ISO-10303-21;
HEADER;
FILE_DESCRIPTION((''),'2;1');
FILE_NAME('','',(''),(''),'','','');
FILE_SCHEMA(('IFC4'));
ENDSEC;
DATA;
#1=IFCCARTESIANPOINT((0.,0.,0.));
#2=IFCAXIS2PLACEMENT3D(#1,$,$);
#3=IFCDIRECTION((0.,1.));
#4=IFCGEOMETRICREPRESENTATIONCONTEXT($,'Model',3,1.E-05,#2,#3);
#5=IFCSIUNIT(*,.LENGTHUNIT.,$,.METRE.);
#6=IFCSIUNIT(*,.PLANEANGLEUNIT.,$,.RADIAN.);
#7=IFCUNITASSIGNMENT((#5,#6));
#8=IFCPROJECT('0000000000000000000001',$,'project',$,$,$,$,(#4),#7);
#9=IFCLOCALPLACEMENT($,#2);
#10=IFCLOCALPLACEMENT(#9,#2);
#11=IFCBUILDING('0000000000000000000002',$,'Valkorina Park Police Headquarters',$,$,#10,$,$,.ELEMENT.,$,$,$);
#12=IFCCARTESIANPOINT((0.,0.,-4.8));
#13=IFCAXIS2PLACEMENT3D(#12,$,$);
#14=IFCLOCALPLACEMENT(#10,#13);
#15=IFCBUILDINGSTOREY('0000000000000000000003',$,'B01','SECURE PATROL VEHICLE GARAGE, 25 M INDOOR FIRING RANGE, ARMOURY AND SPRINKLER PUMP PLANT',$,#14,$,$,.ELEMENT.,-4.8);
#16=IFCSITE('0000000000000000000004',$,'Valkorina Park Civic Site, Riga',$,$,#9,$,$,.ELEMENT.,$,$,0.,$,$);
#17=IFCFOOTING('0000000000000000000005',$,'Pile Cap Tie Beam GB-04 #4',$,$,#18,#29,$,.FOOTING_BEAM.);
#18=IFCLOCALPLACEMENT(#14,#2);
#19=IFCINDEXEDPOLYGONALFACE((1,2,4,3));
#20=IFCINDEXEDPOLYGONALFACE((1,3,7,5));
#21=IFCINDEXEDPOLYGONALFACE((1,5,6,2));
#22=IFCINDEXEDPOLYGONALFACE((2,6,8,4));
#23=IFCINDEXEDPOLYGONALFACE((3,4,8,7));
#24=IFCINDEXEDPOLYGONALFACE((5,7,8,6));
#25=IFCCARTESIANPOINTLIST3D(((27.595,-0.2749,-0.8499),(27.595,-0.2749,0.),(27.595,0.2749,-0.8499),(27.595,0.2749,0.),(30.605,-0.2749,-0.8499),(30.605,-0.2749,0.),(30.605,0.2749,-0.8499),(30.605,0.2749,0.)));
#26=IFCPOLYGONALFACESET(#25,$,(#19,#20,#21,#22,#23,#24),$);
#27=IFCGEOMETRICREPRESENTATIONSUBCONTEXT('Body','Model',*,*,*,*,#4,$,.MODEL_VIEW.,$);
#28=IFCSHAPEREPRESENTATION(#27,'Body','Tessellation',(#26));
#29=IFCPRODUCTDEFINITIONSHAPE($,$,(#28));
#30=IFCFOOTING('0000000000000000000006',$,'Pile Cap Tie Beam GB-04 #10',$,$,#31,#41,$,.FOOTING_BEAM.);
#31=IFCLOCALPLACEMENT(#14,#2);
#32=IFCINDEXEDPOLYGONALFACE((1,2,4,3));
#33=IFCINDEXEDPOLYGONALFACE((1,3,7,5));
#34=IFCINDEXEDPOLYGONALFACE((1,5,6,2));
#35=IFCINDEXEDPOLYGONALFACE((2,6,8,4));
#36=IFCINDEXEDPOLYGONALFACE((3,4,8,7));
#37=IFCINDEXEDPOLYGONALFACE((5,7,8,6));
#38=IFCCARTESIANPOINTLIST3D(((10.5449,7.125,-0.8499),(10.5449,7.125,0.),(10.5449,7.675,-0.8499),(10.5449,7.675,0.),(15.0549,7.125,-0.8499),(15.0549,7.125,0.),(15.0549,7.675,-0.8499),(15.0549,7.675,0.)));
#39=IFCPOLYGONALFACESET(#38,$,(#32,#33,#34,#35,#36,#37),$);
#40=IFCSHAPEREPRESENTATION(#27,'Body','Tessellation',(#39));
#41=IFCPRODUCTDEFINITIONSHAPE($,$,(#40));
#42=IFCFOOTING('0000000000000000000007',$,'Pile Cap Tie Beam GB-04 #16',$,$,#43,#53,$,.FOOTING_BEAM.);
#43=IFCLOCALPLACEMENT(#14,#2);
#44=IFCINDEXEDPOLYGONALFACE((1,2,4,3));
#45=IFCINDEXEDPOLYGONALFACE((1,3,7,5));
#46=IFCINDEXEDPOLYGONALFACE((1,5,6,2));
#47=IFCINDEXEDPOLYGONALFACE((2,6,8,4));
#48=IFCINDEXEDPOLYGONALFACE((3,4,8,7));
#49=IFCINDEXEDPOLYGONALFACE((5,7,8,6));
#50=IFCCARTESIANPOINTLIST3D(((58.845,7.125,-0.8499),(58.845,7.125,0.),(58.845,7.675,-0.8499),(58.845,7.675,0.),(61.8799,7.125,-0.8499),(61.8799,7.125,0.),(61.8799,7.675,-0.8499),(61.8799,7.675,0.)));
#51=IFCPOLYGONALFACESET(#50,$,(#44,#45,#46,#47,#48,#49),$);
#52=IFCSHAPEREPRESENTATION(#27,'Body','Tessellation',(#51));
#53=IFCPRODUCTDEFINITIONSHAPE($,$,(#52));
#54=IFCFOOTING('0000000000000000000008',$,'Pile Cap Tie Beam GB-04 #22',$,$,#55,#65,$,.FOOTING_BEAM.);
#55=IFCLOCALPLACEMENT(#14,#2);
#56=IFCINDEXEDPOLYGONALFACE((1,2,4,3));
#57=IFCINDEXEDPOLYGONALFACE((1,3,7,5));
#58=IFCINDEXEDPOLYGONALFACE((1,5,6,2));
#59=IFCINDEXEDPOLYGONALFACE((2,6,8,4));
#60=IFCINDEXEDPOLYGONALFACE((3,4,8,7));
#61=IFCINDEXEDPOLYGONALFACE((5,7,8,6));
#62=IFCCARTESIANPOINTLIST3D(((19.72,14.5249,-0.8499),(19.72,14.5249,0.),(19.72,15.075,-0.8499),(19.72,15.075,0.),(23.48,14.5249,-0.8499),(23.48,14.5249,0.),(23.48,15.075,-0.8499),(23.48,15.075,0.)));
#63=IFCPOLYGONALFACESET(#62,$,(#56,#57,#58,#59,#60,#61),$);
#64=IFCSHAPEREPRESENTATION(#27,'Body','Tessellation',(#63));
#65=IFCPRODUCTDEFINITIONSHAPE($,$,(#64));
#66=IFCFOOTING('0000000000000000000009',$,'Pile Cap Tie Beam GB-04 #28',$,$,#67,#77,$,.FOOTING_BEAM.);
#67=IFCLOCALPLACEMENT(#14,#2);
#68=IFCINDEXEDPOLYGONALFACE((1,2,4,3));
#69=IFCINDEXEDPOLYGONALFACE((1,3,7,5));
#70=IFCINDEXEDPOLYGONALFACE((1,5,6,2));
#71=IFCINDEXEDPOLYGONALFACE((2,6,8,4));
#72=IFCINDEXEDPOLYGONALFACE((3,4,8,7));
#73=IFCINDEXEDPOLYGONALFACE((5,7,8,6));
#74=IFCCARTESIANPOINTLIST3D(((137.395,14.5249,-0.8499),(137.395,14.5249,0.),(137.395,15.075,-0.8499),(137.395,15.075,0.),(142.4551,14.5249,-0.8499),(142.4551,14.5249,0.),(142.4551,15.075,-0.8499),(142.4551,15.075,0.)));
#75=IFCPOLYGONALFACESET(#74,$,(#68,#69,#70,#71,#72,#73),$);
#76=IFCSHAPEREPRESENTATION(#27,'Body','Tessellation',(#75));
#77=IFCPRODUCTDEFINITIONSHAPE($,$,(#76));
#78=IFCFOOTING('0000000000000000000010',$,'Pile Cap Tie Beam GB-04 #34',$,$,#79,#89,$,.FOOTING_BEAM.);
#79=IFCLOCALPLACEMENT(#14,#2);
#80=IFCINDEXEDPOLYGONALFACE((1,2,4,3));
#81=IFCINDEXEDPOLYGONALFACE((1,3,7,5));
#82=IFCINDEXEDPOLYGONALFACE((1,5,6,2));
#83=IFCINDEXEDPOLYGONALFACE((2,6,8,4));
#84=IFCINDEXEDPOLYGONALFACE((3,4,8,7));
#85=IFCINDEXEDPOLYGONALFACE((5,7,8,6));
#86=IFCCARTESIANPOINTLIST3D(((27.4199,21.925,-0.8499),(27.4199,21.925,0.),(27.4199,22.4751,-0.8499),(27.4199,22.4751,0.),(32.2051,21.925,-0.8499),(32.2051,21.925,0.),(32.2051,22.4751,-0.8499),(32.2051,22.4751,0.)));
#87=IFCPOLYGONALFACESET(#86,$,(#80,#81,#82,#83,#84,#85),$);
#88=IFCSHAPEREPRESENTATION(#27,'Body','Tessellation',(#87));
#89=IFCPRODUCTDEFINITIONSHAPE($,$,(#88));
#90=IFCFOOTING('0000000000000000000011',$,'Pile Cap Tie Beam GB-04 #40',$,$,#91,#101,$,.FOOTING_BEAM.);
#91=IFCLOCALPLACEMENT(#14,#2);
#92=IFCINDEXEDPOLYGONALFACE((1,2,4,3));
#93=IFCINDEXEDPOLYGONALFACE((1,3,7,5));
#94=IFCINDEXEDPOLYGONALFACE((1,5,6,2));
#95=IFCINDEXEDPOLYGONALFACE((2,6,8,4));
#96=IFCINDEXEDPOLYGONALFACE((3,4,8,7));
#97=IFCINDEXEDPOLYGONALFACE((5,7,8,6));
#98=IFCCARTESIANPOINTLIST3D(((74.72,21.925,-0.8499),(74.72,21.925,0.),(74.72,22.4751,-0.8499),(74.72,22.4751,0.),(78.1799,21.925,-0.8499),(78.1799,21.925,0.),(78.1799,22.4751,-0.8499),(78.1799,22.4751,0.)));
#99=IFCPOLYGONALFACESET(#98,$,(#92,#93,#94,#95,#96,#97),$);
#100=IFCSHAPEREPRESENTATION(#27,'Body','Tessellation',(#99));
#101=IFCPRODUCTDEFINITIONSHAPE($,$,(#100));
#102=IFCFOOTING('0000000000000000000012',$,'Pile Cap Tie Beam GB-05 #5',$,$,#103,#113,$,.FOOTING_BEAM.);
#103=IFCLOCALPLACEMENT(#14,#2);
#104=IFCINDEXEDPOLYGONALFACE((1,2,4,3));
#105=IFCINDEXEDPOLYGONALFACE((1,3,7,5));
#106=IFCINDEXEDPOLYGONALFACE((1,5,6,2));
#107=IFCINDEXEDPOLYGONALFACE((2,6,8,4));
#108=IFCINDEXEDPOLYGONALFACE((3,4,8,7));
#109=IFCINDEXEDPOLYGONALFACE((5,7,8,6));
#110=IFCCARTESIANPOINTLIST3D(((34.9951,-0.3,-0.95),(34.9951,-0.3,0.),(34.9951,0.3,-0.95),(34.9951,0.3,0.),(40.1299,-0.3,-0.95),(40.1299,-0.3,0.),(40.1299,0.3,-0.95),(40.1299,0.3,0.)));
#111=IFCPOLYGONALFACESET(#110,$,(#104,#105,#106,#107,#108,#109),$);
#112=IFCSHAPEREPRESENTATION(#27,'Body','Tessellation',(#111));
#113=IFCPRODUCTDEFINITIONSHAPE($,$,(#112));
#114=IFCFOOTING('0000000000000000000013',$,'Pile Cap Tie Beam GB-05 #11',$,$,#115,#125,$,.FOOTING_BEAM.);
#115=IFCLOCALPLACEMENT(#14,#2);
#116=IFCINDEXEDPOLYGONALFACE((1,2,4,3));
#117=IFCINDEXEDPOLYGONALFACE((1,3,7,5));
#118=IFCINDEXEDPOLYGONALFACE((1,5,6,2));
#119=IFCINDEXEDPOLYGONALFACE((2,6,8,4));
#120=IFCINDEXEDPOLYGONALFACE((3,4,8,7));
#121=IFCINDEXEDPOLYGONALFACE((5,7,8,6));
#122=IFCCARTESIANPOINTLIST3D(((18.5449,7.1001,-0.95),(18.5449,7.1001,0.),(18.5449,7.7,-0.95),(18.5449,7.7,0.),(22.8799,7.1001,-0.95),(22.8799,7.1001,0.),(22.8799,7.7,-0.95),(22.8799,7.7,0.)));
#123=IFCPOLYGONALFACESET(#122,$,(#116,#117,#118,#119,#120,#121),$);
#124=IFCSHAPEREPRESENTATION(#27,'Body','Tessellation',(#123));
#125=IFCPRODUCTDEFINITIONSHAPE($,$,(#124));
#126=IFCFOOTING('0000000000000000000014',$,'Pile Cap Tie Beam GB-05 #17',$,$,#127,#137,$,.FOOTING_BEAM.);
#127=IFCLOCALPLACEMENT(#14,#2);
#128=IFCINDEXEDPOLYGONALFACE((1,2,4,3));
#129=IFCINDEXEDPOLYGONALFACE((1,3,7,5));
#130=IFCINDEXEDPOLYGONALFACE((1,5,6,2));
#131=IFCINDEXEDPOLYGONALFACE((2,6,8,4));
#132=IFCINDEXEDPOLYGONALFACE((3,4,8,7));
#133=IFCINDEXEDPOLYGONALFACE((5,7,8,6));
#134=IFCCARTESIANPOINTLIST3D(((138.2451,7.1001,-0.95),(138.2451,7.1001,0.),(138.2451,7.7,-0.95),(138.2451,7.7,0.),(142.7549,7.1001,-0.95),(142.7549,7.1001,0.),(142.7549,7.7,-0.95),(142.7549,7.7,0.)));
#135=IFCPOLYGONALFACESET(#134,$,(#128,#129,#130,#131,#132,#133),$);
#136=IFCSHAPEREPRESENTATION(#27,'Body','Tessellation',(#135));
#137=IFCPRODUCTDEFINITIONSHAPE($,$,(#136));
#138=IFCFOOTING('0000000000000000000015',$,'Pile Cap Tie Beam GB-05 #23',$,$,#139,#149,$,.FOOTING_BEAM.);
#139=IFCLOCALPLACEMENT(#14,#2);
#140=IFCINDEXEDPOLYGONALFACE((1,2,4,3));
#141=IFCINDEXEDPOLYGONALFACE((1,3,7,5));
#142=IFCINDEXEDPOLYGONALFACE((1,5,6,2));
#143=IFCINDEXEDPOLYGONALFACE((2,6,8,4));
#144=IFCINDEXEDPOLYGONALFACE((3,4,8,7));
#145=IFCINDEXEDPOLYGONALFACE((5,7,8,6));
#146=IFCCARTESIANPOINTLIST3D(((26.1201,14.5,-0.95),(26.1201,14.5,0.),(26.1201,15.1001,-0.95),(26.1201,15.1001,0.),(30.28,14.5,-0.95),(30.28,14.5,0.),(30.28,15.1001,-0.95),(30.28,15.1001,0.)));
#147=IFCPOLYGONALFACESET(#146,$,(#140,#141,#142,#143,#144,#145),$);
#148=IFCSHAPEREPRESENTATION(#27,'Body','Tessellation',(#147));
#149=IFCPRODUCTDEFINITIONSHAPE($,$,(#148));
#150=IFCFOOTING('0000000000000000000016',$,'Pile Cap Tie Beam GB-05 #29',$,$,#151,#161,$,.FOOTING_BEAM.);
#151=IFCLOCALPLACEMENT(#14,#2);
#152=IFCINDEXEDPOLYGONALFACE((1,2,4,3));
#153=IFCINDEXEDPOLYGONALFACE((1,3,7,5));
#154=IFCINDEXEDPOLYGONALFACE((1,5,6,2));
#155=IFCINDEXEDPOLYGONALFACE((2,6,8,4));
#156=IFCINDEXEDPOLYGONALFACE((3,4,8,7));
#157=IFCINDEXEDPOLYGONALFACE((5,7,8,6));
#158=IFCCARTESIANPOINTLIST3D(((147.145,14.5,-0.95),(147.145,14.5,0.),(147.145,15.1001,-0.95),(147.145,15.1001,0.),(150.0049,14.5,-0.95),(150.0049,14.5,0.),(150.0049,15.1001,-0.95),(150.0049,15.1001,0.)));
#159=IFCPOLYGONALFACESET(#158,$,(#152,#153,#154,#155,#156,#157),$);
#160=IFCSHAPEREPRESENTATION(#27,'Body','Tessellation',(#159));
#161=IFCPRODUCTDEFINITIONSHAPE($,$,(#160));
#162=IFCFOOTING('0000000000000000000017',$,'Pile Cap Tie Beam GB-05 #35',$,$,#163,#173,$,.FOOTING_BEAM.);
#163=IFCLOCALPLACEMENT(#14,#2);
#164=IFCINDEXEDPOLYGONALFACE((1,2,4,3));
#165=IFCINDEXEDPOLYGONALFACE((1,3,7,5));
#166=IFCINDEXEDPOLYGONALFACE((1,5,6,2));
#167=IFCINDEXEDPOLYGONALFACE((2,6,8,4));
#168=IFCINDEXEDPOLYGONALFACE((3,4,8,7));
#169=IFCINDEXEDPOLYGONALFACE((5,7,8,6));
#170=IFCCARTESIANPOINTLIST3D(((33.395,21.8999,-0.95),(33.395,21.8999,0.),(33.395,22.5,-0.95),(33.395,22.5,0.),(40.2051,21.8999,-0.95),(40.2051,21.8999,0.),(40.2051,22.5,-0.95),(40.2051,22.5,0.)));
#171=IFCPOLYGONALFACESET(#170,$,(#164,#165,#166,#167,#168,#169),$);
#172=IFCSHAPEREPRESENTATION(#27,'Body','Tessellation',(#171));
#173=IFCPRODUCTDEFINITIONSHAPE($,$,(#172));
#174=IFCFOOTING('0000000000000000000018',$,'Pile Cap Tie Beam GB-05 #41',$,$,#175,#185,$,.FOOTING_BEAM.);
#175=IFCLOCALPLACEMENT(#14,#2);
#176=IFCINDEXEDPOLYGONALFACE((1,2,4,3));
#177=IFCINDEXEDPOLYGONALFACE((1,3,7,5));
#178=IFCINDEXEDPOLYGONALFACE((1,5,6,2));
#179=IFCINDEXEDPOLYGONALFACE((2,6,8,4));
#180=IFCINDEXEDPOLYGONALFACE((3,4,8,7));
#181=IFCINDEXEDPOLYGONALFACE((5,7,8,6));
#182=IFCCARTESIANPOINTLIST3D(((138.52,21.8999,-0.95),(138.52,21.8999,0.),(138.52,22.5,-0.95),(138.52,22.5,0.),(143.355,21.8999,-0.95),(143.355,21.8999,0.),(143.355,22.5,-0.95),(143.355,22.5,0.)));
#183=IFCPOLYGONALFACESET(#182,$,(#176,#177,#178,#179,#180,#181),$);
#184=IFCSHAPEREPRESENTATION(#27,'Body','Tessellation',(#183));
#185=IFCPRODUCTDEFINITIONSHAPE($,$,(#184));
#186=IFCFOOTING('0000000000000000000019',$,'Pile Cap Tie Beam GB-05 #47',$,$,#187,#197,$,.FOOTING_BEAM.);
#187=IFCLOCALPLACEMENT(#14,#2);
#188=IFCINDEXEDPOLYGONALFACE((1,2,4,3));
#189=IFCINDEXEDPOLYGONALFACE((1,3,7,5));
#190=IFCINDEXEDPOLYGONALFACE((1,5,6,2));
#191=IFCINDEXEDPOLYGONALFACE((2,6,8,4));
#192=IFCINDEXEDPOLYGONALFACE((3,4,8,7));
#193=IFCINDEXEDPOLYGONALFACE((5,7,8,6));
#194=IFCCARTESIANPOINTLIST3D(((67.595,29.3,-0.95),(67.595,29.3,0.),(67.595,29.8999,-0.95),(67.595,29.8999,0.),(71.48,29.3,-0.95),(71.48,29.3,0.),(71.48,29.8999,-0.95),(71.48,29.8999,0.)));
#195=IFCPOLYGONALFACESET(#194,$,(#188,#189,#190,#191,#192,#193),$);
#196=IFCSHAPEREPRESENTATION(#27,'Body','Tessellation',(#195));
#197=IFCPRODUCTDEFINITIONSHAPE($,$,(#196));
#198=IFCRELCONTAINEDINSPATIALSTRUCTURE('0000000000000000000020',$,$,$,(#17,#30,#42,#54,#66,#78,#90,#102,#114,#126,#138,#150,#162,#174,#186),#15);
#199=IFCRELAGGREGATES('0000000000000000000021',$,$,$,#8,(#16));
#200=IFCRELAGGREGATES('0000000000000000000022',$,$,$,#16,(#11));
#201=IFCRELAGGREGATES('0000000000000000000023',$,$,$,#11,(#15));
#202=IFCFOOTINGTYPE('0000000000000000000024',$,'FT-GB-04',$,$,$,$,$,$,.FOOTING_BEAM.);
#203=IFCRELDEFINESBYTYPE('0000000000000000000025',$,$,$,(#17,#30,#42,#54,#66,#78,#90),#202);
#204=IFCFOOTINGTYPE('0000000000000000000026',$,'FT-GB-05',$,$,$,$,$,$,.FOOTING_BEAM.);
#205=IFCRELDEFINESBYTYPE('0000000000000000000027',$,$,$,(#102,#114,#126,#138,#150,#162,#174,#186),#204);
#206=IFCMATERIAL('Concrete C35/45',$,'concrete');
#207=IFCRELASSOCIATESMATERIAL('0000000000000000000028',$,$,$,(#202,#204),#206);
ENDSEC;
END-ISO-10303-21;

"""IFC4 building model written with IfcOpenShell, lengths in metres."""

from ifc_helpers import new_model, si_unit, direction, frame, origin, origin_2d, place, context, subcontext, project, spatial, polyline, rectangle, outline, extrude, material, material_profile, profile_set, type_object, element, save


model = new_model("IFC4")

# Units and contexts
model_context = context("Model", 3, precision=1e-05, world=origin(), true_north=direction((0.0, 1.0)))
body_context = subcontext(model_context, "Body", "Model", "MODEL_VIEW")
ifc_project = project(units=[si_unit("LENGTHUNIT", "METRE"), si_unit("PLANEANGLEUNIT", "RADIAN")], contexts=[model_context])

# Site, building, storey
site_placement = place(None, origin())
site = spatial("IfcSite", under=ifc_project, at=site_placement, Name="Valkorina Park Civic Site, Riga", CompositionType="ELEMENT", RefElevation=0.0)
building_placement = place(site_placement, origin())
building = spatial("IfcBuilding", under=site, at=building_placement, Name="Valkorina Park Police Headquarters", CompositionType="ELEMENT")
storey_placement = place(building_placement, frame((0.0, 0.0, -4.8)))
storey = spatial("IfcBuildingStorey", under=building, at=storey_placement, Name="B01", Description="SECURE PATROL VEHICLE GARAGE, 25 M INDOOR FIRING RANGE, ARMOURY AND SPRINKLER PUMP PLANT", CompositionType="ELEMENT", Elevation=-4.8)

# Footings
ifc_material_1 = material(Name="Concrete C35/45", Category="concrete")
ifc_material_profile_1 = material_profile(ifc_material_1, rectangle(XDim=0.55, YDim=0.8501, at=origin_2d()), Name="GB 550x850")
ifc_profile_set_1 = profile_set([ifc_material_profile_1], Name="Concrete C35/45")
footing_type_1 = type_object("IfcFootingType", Name="FT-GB-04", PredefinedType="FOOTING_BEAM", material=ifc_profile_set_1)
footing_1_placement = place(storey_placement, frame((0.0, 0.0, -0.8499)))
element("IfcFooting", 1, at=footing_1_placement, inside=storey, type_object=footing_type_1, Name="Pile Cap Tie Beam GB-04 #4", PredefinedType="FOOTING_BEAM", context=body_context, shape_type="SweptSolid", body=[
    extrude(outline(polyline([(30.605, -0.2749), (30.605, 0.2749), (27.595, 0.2749), (27.595, -0.2749), (30.605, -0.2749)])), origin(), (0.0, 0.0, 1.0), 0.8499),
])
footing_2_placement = place(storey_placement, frame((0.0, 0.0, -0.8499)))
element("IfcFooting", 2, at=footing_2_placement, inside=storey, type_object=footing_type_1, Name="Pile Cap Tie Beam GB-04 #10", PredefinedType="FOOTING_BEAM", context=body_context, shape_type="SweptSolid", body=[
    extrude(outline(polyline([(15.0549, 7.125), (15.0549, 7.675), (10.5449, 7.675), (10.5449, 7.125), (15.0549, 7.125)])), origin(), (0.0, 0.0, 1.0), 0.8499),
])
footing_3_placement = place(storey_placement, frame((0.0, 0.0, -0.8499)))
element("IfcFooting", 3, at=footing_3_placement, inside=storey, type_object=footing_type_1, Name="Pile Cap Tie Beam GB-04 #16", PredefinedType="FOOTING_BEAM", context=body_context, shape_type="SweptSolid", body=[
    extrude(outline(polyline([(61.8799, 7.125), (61.8799, 7.675), (58.845, 7.675), (58.845, 7.125), (61.8799, 7.125)])), origin(), (0.0, 0.0, 1.0), 0.8499),
])
footing_4_placement = place(storey_placement, frame((0.0, 0.0, -0.8499)))
element("IfcFooting", 4, at=footing_4_placement, inside=storey, type_object=footing_type_1, Name="Pile Cap Tie Beam GB-04 #22", PredefinedType="FOOTING_BEAM", context=body_context, shape_type="SweptSolid", body=[
    extrude(outline(polyline([(23.48, 14.5249), (23.48, 15.075), (19.72, 15.075), (19.72, 14.5249), (23.48, 14.5249)])), origin(), (0.0, 0.0, 1.0), 0.8499),
])
footing_5_placement = place(storey_placement, frame((0.0, 0.0, -0.8499)))
element("IfcFooting", 5, at=footing_5_placement, inside=storey, type_object=footing_type_1, Name="Pile Cap Tie Beam GB-04 #28", PredefinedType="FOOTING_BEAM", context=body_context, shape_type="SweptSolid", body=[
    extrude(outline(polyline([(142.4551, 14.5249), (142.4551, 15.075), (137.395, 15.075), (137.395, 14.5249), (142.4551, 14.5249)])), origin(), (0.0, 0.0, 1.0), 0.8499),
])
footing_6_placement = place(storey_placement, frame((0.0, 0.0, -0.8499)))
element("IfcFooting", 6, at=footing_6_placement, inside=storey, type_object=footing_type_1, Name="Pile Cap Tie Beam GB-04 #34", PredefinedType="FOOTING_BEAM", context=body_context, shape_type="SweptSolid", body=[
    extrude(outline(polyline([(32.2051, 21.925), (32.2051, 22.4751), (27.4199, 22.4751), (27.4199, 21.925), (32.2051, 21.925)])), origin(), (0.0, 0.0, 1.0), 0.8499),
])
footing_7_placement = place(storey_placement, frame((0.0, 0.0, -0.8499)))
element("IfcFooting", 7, at=footing_7_placement, inside=storey, type_object=footing_type_1, Name="Pile Cap Tie Beam GB-04 #40", PredefinedType="FOOTING_BEAM", context=body_context, shape_type="SweptSolid", body=[
    extrude(outline(polyline([(78.1799, 21.925), (78.1799, 22.4751), (74.72, 22.4751), (74.72, 21.925), (78.1799, 21.925)])), origin(), (0.0, 0.0, 1.0), 0.8499),
])
ifc_material_profile_2 = material_profile(ifc_material_1, rectangle(XDim=0.6001, YDim=0.95, at=origin_2d()), Name="GB 600x950")
ifc_profile_set_2 = profile_set([ifc_material_profile_2], Name="Concrete C35/45")
footing_type_2 = type_object("IfcFootingType", Name="FT-GB-05", PredefinedType="FOOTING_BEAM", material=ifc_profile_set_2)
footing_8_placement = place(storey_placement, frame((0.0, 0.0, -0.95)))
element("IfcFooting", 8, at=footing_8_placement, inside=storey, type_object=footing_type_2, Name="Pile Cap Tie Beam GB-05 #5", PredefinedType="FOOTING_BEAM", context=body_context, shape_type="SweptSolid", body=[
    extrude(outline(polyline([(40.1299, -0.3), (40.1299, 0.3), (34.9951, 0.3), (34.9951, -0.3), (40.1299, -0.3)])), origin(), (0.0, 0.0, 1.0), 0.95),
])
footing_9_placement = place(storey_placement, frame((0.0, 0.0, -0.95)))
element("IfcFooting", 9, at=footing_9_placement, inside=storey, type_object=footing_type_2, Name="Pile Cap Tie Beam GB-05 #11", PredefinedType="FOOTING_BEAM", context=body_context, shape_type="SweptSolid", body=[
    extrude(outline(polyline([(22.8799, 7.1001), (22.8799, 7.7), (18.5449, 7.7), (18.5449, 7.1001), (22.8799, 7.1001)])), origin(), (0.0, 0.0, 1.0), 0.95),
])
footing_10_placement = place(storey_placement, frame((0.0, 0.0, -0.95)))
element("IfcFooting", 10, at=footing_10_placement, inside=storey, type_object=footing_type_2, Name="Pile Cap Tie Beam GB-05 #17", PredefinedType="FOOTING_BEAM", context=body_context, shape_type="SweptSolid", body=[
    extrude(outline(polyline([(142.7549, 7.1001), (142.7549, 7.7), (138.2451, 7.7), (138.2451, 7.1001), (142.7549, 7.1001)])), origin(), (0.0, 0.0, 1.0), 0.95),
])
footing_11_placement = place(storey_placement, frame((0.0, 0.0, -0.95)))
element("IfcFooting", 11, at=footing_11_placement, inside=storey, type_object=footing_type_2, Name="Pile Cap Tie Beam GB-05 #23", PredefinedType="FOOTING_BEAM", context=body_context, shape_type="SweptSolid", body=[
    extrude(outline(polyline([(30.28, 14.5), (30.28, 15.1001), (26.1201, 15.1001), (26.1201, 14.5), (30.28, 14.5)])), origin(), (0.0, 0.0, 1.0), 0.95),
])
footing_12_placement = place(storey_placement, frame((0.0, 0.0, -0.95)))
element("IfcFooting", 12, at=footing_12_placement, inside=storey, type_object=footing_type_2, Name="Pile Cap Tie Beam GB-05 #29", PredefinedType="FOOTING_BEAM", context=body_context, shape_type="SweptSolid", body=[
    extrude(outline(polyline([(150.0049, 14.5), (150.0049, 15.1001), (147.145, 15.1001), (147.145, 14.5), (150.0049, 14.5)])), origin(), (0.0, 0.0, 1.0), 0.95),
])
footing_13_placement = place(storey_placement, frame((0.0, 0.0, -0.95)))
element("IfcFooting", 13, at=footing_13_placement, inside=storey, type_object=footing_type_2, Name="Pile Cap Tie Beam GB-05 #35", PredefinedType="FOOTING_BEAM", context=body_context, shape_type="SweptSolid", body=[
    extrude(outline(polyline([(40.2051, 21.8999), (40.2051, 22.5), (33.395, 22.5), (33.395, 21.8999), (40.2051, 21.8999)])), origin(), (0.0, 0.0, 1.0), 0.95),
])
footing_14_placement = place(storey_placement, frame((0.0, 0.0, -0.95)))
element("IfcFooting", 14, at=footing_14_placement, inside=storey, type_object=footing_type_2, Name="Pile Cap Tie Beam GB-05 #41", PredefinedType="FOOTING_BEAM", context=body_context, shape_type="SweptSolid", body=[
    extrude(outline(polyline([(143.355, 21.8999), (143.355, 22.5), (138.52, 22.5), (138.52, 21.8999), (143.355, 21.8999)])), origin(), (0.0, 0.0, 1.0), 0.95),
])
footing_15_placement = place(storey_placement, frame((0.0, 0.0, -0.95)))
element("IfcFooting", 15, at=footing_15_placement, inside=storey, type_object=footing_type_2, Name="Pile Cap Tie Beam GB-05 #47", PredefinedType="FOOTING_BEAM", context=body_context, shape_type="SweptSolid", body=[
    extrude(outline(polyline([(71.48, 29.3), (71.48, 29.8999), (67.595, 29.8999), (67.595, 29.3), (71.48, 29.3)])), origin(), (0.0, 0.0, 1.0), 0.95),
])

save(model, "model.ifc")
